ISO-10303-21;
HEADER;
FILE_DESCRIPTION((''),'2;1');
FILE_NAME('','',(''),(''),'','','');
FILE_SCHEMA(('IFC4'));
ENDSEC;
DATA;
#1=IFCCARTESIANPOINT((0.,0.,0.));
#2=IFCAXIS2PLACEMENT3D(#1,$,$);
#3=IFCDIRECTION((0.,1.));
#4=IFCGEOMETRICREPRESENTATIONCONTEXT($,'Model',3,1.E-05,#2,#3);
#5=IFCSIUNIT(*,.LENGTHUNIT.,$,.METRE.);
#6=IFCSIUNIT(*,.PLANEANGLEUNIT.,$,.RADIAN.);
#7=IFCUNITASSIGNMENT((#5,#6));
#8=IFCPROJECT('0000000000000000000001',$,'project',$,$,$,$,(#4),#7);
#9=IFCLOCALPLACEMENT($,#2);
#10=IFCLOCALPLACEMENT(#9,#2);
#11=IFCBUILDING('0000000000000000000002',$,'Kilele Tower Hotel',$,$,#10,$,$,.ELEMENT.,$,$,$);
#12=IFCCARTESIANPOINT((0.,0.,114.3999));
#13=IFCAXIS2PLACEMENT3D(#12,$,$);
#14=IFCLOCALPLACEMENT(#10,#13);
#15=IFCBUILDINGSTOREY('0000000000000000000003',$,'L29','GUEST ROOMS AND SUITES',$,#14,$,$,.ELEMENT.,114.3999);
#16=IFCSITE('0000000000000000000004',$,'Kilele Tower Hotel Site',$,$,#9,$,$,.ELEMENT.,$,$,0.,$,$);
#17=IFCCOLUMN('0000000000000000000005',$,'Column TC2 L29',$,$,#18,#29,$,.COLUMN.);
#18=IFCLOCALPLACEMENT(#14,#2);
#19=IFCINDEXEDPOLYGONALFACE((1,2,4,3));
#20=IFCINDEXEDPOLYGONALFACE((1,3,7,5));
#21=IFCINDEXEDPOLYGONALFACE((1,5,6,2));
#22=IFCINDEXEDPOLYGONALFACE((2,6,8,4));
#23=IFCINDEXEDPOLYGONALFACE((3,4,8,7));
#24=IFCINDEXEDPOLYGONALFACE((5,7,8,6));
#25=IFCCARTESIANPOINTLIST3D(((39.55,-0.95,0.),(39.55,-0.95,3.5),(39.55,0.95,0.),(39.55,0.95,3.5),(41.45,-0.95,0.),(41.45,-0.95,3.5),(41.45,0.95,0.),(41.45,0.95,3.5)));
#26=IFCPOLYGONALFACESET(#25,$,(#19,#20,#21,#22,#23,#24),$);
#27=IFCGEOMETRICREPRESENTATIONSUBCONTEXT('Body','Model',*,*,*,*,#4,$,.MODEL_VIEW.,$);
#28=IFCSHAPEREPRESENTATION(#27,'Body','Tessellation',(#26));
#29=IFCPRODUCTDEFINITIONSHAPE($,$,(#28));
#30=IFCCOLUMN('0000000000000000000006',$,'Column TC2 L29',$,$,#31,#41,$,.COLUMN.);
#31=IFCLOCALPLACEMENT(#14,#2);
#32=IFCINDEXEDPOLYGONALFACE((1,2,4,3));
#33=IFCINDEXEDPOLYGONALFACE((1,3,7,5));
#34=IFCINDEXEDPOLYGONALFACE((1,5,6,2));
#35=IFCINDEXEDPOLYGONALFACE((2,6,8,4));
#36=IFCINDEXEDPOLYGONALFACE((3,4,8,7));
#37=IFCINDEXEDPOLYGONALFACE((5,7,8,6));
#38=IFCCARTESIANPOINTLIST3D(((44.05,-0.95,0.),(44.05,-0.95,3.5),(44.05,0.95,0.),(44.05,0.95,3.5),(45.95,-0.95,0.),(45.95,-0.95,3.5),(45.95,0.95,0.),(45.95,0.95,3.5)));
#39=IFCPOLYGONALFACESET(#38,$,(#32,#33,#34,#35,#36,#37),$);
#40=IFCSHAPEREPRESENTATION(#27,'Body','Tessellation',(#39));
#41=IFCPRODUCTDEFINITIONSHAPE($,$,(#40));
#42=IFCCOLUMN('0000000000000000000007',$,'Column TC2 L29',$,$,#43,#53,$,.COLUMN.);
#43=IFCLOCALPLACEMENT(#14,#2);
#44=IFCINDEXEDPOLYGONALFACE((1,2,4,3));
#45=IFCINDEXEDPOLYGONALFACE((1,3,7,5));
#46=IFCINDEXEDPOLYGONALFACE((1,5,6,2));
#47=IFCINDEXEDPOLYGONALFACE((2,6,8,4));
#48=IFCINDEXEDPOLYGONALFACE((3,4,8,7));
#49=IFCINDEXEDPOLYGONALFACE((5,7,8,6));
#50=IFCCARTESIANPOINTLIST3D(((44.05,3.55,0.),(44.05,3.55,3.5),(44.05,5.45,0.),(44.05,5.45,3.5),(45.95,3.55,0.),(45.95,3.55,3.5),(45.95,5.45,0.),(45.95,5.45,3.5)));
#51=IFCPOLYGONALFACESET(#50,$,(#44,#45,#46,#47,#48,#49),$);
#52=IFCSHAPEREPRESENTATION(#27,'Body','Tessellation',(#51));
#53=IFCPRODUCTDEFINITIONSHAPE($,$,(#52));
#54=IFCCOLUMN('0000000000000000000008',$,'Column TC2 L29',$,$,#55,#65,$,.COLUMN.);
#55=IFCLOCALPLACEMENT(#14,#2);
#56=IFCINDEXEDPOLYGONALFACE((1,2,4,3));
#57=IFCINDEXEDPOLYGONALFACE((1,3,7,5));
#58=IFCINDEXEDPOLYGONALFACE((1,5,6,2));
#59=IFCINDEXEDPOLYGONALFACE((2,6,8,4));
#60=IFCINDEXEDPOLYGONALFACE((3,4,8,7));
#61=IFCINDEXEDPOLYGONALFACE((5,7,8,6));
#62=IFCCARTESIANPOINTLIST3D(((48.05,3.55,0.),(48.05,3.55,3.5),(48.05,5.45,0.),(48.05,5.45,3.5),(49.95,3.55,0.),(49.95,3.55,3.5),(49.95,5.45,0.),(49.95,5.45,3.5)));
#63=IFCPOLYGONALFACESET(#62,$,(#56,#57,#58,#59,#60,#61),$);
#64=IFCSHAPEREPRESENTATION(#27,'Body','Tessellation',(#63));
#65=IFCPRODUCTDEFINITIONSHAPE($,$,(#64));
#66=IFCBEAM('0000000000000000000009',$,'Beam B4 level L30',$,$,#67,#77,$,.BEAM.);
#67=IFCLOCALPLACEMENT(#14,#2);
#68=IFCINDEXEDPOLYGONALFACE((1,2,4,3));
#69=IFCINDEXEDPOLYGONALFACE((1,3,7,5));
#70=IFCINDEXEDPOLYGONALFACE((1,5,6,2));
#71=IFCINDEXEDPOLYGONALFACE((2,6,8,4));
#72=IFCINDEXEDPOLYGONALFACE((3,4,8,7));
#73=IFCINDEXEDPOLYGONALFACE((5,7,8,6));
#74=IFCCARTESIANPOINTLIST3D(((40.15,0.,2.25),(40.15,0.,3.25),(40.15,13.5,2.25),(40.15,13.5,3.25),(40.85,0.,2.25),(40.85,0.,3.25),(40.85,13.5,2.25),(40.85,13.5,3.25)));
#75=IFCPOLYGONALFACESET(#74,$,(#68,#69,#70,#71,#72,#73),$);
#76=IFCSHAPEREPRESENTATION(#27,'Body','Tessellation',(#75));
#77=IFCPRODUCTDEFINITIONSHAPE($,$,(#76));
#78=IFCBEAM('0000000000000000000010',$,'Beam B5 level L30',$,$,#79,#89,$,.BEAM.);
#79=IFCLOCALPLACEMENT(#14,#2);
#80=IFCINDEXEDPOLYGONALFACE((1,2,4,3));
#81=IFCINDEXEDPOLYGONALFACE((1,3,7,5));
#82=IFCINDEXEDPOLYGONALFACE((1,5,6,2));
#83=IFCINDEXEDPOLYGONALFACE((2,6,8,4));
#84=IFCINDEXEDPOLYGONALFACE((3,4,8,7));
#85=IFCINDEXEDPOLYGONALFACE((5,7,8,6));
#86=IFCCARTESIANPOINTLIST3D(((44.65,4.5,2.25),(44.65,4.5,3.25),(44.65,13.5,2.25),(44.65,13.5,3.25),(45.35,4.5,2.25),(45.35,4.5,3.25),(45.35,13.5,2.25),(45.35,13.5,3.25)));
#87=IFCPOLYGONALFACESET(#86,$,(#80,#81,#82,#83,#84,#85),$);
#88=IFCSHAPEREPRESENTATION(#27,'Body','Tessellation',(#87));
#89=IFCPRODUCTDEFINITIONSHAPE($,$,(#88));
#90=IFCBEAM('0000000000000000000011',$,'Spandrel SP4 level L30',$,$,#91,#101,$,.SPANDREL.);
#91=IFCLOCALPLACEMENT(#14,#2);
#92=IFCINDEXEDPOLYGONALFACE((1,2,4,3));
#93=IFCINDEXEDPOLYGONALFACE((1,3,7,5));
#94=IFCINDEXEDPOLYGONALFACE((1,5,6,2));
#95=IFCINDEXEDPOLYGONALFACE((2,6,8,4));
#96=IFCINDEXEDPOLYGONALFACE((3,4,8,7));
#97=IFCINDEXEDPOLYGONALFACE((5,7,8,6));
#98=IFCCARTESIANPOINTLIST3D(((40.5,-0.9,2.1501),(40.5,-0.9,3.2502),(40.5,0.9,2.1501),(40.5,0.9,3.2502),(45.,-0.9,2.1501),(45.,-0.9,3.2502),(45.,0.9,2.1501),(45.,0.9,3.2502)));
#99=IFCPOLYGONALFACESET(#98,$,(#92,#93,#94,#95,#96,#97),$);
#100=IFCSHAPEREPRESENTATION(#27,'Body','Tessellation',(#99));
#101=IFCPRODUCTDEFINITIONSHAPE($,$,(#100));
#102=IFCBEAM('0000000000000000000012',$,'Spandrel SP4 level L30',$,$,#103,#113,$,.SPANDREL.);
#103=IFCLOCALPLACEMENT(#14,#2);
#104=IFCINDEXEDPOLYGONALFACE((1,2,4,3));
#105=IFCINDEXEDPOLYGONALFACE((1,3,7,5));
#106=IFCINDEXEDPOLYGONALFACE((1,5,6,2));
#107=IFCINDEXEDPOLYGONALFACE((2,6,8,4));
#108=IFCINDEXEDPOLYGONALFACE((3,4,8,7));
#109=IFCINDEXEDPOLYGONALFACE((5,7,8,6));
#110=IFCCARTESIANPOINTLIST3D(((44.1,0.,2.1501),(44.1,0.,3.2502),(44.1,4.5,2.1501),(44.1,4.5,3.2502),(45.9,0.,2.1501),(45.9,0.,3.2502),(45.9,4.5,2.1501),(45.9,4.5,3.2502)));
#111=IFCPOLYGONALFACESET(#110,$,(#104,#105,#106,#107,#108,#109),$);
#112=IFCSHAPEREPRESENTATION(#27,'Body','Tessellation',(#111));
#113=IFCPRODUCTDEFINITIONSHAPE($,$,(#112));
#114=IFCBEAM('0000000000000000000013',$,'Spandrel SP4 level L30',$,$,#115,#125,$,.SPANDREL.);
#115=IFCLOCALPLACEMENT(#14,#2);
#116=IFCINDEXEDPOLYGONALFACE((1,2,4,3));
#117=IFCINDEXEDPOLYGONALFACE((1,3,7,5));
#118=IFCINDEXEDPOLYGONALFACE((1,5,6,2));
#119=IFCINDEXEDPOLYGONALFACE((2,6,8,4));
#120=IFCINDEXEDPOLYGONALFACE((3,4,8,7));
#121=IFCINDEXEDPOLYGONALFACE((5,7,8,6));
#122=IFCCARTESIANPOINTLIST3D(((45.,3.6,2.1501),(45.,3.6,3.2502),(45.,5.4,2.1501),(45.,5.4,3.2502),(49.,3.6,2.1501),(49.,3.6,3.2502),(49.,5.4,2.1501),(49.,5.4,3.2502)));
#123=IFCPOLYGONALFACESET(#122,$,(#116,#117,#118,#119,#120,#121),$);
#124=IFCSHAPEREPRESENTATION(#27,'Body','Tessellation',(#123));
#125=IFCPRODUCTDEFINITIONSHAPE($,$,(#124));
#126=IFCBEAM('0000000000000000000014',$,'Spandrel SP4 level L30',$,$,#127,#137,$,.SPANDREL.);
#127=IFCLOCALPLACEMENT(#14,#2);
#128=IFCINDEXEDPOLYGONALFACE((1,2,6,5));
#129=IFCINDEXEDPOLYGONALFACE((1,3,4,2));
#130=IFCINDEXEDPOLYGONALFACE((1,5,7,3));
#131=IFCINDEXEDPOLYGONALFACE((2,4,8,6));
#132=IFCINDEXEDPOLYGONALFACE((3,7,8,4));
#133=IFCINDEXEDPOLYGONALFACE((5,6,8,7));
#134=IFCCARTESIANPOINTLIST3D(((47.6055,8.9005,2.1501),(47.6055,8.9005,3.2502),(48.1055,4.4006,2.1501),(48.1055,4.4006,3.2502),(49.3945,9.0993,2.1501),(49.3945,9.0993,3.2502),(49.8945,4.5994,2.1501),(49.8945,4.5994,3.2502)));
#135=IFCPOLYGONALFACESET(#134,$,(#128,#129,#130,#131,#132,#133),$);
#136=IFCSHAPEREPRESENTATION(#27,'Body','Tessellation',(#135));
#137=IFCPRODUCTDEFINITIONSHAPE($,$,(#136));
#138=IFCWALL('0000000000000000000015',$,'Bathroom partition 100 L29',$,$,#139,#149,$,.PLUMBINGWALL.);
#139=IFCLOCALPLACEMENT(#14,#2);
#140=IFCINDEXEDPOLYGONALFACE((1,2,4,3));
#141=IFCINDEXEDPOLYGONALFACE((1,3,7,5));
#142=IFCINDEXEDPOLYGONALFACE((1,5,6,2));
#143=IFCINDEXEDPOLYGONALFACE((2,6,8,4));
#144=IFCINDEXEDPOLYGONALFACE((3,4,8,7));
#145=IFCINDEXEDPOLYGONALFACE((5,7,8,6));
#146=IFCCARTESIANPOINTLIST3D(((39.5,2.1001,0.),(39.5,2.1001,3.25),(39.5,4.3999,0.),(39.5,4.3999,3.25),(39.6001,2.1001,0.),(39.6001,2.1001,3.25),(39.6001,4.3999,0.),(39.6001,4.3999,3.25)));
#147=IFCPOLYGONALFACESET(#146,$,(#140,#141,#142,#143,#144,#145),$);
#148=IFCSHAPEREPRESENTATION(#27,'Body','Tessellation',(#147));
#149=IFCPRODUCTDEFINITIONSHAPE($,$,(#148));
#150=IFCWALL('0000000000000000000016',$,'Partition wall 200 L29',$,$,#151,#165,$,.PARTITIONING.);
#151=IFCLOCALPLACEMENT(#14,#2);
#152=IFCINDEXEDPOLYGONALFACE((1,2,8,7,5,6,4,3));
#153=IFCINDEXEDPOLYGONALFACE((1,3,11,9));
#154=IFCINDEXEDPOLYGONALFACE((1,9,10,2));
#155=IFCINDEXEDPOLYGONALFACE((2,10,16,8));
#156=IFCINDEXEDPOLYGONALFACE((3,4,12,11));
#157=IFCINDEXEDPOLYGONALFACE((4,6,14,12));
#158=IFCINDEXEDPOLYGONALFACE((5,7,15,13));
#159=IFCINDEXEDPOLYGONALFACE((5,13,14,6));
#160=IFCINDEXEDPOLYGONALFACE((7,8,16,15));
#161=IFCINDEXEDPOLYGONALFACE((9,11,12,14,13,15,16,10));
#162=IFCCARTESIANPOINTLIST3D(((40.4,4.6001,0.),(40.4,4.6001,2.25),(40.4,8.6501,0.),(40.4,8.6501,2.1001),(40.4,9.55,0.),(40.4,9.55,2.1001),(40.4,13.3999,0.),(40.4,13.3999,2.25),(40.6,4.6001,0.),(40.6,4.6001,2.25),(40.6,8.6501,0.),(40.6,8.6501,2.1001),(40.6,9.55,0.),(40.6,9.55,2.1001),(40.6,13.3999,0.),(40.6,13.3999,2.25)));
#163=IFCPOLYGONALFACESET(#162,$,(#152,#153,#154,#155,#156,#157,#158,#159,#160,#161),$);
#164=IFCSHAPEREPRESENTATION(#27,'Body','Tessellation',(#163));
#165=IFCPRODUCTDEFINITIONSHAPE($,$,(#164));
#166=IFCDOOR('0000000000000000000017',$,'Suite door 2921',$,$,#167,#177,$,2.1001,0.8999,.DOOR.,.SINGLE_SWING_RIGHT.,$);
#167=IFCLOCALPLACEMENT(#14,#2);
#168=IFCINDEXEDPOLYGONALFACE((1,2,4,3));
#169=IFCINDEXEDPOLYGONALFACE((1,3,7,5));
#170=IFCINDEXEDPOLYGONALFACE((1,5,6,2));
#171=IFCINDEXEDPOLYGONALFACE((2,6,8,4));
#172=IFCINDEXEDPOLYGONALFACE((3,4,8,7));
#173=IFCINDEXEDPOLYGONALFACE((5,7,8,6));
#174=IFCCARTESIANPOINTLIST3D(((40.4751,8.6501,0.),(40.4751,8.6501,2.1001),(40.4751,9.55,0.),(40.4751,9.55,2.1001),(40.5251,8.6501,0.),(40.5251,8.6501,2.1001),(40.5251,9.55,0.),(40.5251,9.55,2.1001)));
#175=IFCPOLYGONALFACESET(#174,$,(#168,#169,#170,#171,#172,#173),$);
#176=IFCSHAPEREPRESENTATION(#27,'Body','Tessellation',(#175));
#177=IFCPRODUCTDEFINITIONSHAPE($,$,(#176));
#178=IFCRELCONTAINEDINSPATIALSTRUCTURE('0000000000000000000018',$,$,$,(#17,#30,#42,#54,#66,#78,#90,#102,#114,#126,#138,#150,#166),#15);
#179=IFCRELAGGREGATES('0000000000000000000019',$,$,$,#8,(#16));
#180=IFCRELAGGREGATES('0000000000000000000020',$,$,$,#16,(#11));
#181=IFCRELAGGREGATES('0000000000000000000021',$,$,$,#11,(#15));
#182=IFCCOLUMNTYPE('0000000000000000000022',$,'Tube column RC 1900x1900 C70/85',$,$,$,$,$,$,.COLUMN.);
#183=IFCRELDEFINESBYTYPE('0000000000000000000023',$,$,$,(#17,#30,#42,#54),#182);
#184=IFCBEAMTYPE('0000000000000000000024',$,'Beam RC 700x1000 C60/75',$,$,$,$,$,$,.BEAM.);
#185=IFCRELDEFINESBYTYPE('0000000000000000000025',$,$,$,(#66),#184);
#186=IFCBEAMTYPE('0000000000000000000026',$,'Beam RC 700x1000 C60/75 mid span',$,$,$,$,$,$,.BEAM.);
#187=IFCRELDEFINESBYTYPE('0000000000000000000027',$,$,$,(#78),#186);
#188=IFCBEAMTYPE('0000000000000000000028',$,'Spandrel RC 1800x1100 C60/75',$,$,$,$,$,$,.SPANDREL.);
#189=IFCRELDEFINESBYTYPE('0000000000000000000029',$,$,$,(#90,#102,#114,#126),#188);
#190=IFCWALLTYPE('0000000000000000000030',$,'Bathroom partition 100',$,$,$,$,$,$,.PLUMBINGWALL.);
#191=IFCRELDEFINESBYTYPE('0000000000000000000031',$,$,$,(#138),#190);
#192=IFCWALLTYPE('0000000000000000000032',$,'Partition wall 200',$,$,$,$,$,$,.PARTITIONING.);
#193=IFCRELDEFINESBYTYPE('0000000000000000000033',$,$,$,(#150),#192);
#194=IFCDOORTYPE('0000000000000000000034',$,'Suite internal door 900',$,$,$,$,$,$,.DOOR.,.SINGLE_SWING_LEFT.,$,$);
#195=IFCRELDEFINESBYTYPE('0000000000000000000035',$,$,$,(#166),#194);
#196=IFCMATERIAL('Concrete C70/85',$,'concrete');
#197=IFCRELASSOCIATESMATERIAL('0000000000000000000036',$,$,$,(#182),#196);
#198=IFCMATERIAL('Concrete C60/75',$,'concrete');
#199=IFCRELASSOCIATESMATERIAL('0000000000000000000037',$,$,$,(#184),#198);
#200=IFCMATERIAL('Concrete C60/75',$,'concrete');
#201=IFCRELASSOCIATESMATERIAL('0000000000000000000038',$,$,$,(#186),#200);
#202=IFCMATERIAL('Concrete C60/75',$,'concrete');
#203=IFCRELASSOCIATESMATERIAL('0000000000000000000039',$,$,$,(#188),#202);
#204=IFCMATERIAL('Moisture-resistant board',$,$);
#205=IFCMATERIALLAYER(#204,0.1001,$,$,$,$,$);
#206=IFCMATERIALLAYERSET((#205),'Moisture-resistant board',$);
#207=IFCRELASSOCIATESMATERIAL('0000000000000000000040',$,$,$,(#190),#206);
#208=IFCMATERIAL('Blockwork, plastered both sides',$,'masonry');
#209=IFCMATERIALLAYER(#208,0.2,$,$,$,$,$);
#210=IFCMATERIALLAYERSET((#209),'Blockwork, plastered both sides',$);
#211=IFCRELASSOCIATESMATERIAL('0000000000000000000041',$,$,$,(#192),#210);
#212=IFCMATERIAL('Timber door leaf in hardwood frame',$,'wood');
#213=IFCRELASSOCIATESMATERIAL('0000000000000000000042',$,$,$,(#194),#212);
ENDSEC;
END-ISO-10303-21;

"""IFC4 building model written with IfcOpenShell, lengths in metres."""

from ifc_helpers import new_model, si_unit, direction, frame, frame_2d, origin, origin_2d, place, context, subcontext, project, spatial, rectangle, extrude, material, layer, layer_set, material_profile, profile_set, type_object, element, fill, save


model = new_model("IFC4")

# Units and contexts
model_context = context("Model", 3, precision=1e-05, world=origin(), true_north=direction((0.0, 1.0)))
body_context = subcontext(model_context, "Body", "Model", "MODEL_VIEW")
ifc_project = project(units=[si_unit("LENGTHUNIT", "METRE"), si_unit("PLANEANGLEUNIT", "RADIAN")], contexts=[model_context])

# Site, building, storey
site_placement = place(None, origin())
site = spatial("IfcSite", under=ifc_project, at=site_placement, Name="Kilele Tower Hotel Site", CompositionType="ELEMENT", RefElevation=0.0)
building_placement = place(site_placement, origin())
building = spatial("IfcBuilding", under=site, at=building_placement, Name="Kilele Tower Hotel", CompositionType="ELEMENT")
storey_placement = place(building_placement, frame((0.0, 0.0, 114.3999)))
storey = spatial("IfcBuildingStorey", under=building, at=storey_placement, Name="L29", Description="GUEST ROOMS AND SUITES", CompositionType="ELEMENT", Elevation=114.3999)

# Columns
ifc_material_1 = material(Name="Concrete C70/85", Category="concrete")
ifc_material_profile_1 = material_profile(ifc_material_1, rectangle(XDim=1.8999, YDim=1.8999, at=origin_2d()))
ifc_profile_set_1 = profile_set([ifc_material_profile_1], Name="Concrete C70/85")
column_type = type_object("IfcColumnType", Name="Tube column RC 1900x1900 C70/85", PredefinedType="COLUMN", material=ifc_profile_set_1)
for number, where, z_axis, x_axis, name in (
    (1, (40.5, 0.0, 0.0), (0.0, 0.0, 1.0), (1.0, 0.0, 0.0), "Column TC2 L29"),
    (2, (45.0, 0.0, 0.0), (0.0, 0.0, 1.0), (1.0, 0.0, 0.0), "Column TC2 L29"),
    (3, (45.0, 4.5, 0.0), (0.0, 0.0, 1.0), (1.0, 0.0, 0.0), "Column TC2 L29"),
    (4, (49.0, 4.5, 0.0), (0.0, 0.0, 1.0), (1.0, 0.0, 0.0), "Column TC2 L29"),
):
    element("IfcColumn", number, at=place(storey_placement, frame(where, z_axis=z_axis, x_axis=x_axis)), inside=storey, type_object=column_type, Name=name, PredefinedType="COLUMN", context=body_context, shape_type="SweptSolid", body=[
        extrude(rectangle(XDim=1.8999, YDim=1.8999, at=origin_2d()), origin(), (0.0, 0.0, 1.0), 3.5),
    ])

# Beams
ifc_material_2 = material(Name="Concrete C60/75", Category="concrete")
ifc_material_profile_2 = material_profile(ifc_material_2, rectangle(XDim=0.7, YDim=1.0, at=origin_2d()))
ifc_profile_set_2 = profile_set([ifc_material_profile_2], Name="Concrete C60/75")
beam_type_1 = type_object("IfcBeamType", Name="Beam RC 700x1000 C60/75", PredefinedType="BEAM", material=ifc_profile_set_2)
beam_1_placement = place(storey_placement, frame((40.5, 0.0, 2.75), z_axis=(0.0, 1.0, 0.0), x_axis=(-1.0, 0.0, 0.0)))
element("IfcBeam", 5, at=beam_1_placement, inside=storey, type_object=beam_type_1, Name="Beam B4 level L30", PredefinedType="BEAM", context=body_context, shape_type="SweptSolid", body=[
    extrude(rectangle(XDim=0.7, YDim=1.0, at=origin_2d()), origin(), (0.0, 0.0, 1.0), 13.5),
])
ifc_material_3 = material(Name="Concrete C60/75", Category="concrete")
ifc_material_profile_3 = material_profile(ifc_material_3, rectangle(XDim=0.7, YDim=1.0, at=origin_2d()))
ifc_profile_set_3 = profile_set([ifc_material_profile_3], Name="Concrete C60/75")
beam_type_2 = type_object("IfcBeamType", Name="Beam RC 700x1000 C60/75 mid span", PredefinedType="BEAM", material=ifc_profile_set_3)
beam_2_placement = place(storey_placement, frame((45.0, 4.5, 2.75), z_axis=(0.0, 1.0, 0.0), x_axis=(-1.0, 0.0, 0.0)))
element("IfcBeam", 6, at=beam_2_placement, inside=storey, type_object=beam_type_2, Name="Beam B5 level L30", PredefinedType="BEAM", context=body_context, shape_type="SweptSolid", body=[
    extrude(rectangle(XDim=0.7, YDim=1.0, at=origin_2d()), origin(), (0.0, 0.0, 1.0), 9.0),
])
ifc_material_4 = material(Name="Concrete C60/75", Category="concrete")
ifc_material_profile_4 = material_profile(ifc_material_4, rectangle(XDim=1.8, YDim=1.1001, at=origin_2d()))
ifc_profile_set_4 = profile_set([ifc_material_profile_4], Name="Concrete C60/75")
beam_type_3 = type_object("IfcBeamType", Name="Spandrel RC 1800x1100 C60/75", PredefinedType="SPANDREL", material=ifc_profile_set_4)
for number, where, z_axis, x_axis, name in (
    (7, (40.5, 0.0, 2.7002), (1.0, 0.0, 0.0), (0.0, 1.0, 0.0), "Spandrel SP4 level L30"),
    (8, (45.0, 0.0, 2.7002), (0.0, 1.0, 0.0), (-1.0, 0.0, 0.0), "Spandrel SP4 level L30"),
):
    element("IfcBeam", number, at=place(storey_placement, frame(where, z_axis=z_axis, x_axis=x_axis)), inside=storey, type_object=beam_type_3, Name=name, PredefinedType="SPANDREL", context=body_context, shape_type="SweptSolid", body=[
        extrude(rectangle(XDim=1.8, YDim=1.1001, at=origin_2d()), origin(), (0.0, 0.0, 1.0), 4.5),
    ])
beam_3_placement = place(storey_placement, frame((45.0, 4.5, 2.7002), z_axis=(1.0, 0.0, 0.0), x_axis=(0.0, 1.0, 0.0)))
element("IfcBeam", 9, at=beam_3_placement, inside=storey, type_object=beam_type_3, Name="Spandrel SP4 level L30", PredefinedType="SPANDREL", context=body_context, shape_type="SweptSolid", body=[
    extrude(rectangle(XDim=1.8, YDim=1.1001, at=origin_2d()), origin(), (0.0, 0.0, 1.0), 4.0),
])
beam_4_placement = place(storey_placement, frame((49.0, 4.5, 2.7002), z_axis=(-0.110432, 0.993884, 0.0), x_axis=(-0.993884, -0.110432, 0.0)))
element("IfcBeam", 10, at=beam_4_placement, inside=storey, type_object=beam_type_3, Name="Spandrel SP4 level L30", PredefinedType="SPANDREL", context=body_context, shape_type="SweptSolid", body=[
    extrude(rectangle(XDim=1.8, YDim=1.1001, at=origin_2d()), origin(), (0.0, 0.0, 1.0), 4.5276),
])

# Wall
ifc_material_5 = material(Name="Moisture-resistant board")
ifc_layer_1 = layer(ifc_material_5, 0.1001)
ifc_layer_set_1 = layer_set([ifc_layer_1], Name="Moisture-resistant board")
wall_type_1 = type_object("IfcWallType", Name="Bathroom partition 100", PredefinedType="PLUMBINGWALL", material=ifc_layer_set_1)
wall_1_placement = place(storey_placement, frame((39.55, 4.3999, 0.0), z_axis=(0.0, 0.0, 1.0), x_axis=(0.0, -1.0, 0.0)))
element("IfcWall", 11, at=wall_1_placement, inside=storey, type_object=wall_type_1, Name="Bathroom partition 100 L29", PredefinedType="PLUMBINGWALL", context=body_context, shape_type="SweptSolid", body=[
    extrude(rectangle(XDim=2.2998, YDim=0.1001, at=frame_2d((1.1499, 0.0))), origin(), (0.0, 0.0, 1.0), 3.25),
])

# Wall, opening, door
ifc_material_6 = material(Name="Blockwork, plastered both sides", Category="masonry")
ifc_layer_2 = layer(ifc_material_6, 0.2)
ifc_layer_set_2 = layer_set([ifc_layer_2], Name="Blockwork, plastered both sides")
wall_type_2 = type_object("IfcWallType", Name="Partition wall 200", PredefinedType="PARTITIONING", material=ifc_layer_set_2)
wall_2_placement = place(storey_placement, frame((40.5, 4.6001, 0.0), z_axis=(0.0, 0.0, 1.0), x_axis=(0.0, 1.0, 0.0)))
wall_2 = element("IfcWall", 12, at=wall_2_placement, inside=storey, type_object=wall_type_2, Name="Partition wall 200 L29", PredefinedType="PARTITIONING", context=body_context, shape_type="SweptSolid", body=[
    extrude(rectangle(XDim=8.7998, YDim=0.2, at=frame_2d((4.3999, 0.0))), origin(), (0.0, 0.0, 1.0), 2.25),
])
opening_1_placement = place(wall_2_placement, frame((4.05, 0.0, 0.0)))
opening_1 = element("IfcOpeningElement", 13, at=opening_1_placement, cuts=wall_2, PredefinedType="OPENING", context=body_context, shape_type="SweptSolid", body=[
    extrude(rectangle(XDim=0.8999, YDim=2.1001, at=frame_2d((0.45, 1.05))), frame((0.0, 0.1099, 0.0), z_axis=(0.0, -1.0, 0.0), x_axis=(1.0, 0.0, 0.0)), (0.0, 0.0, 1.0), 0.22),
])
ifc_material_7 = material(Name="Timber door leaf in hardwood frame", Category="wood")
door_type = type_object("IfcDoorType", Name="Suite internal door 900", OperationType="SINGLE_SWING_LEFT", PredefinedType="DOOR", material=ifc_material_7)
door_placement = place(opening_1_placement, origin())
door = element("IfcDoor", 14, at=door_placement, inside=storey, type_object=door_type, Name="Suite door 2921", OperationType="SINGLE_SWING_RIGHT", OverallHeight=2.1001, OverallWidth=0.8999, PredefinedType="DOOR", context=body_context, shape_type="SweptSolid", body=[
    extrude(rectangle(XDim=0.8999, YDim=2.1001, at=frame_2d((0.45, 1.05))), frame((0.0, 0.0249, 0.0), z_axis=(0.0, -1.0, 0.0), x_axis=(1.0, 0.0, 0.0)), (0.0, 0.0, 1.0), 0.05),
])
fill(opening_1, door)

save(model, "model.ifc")
